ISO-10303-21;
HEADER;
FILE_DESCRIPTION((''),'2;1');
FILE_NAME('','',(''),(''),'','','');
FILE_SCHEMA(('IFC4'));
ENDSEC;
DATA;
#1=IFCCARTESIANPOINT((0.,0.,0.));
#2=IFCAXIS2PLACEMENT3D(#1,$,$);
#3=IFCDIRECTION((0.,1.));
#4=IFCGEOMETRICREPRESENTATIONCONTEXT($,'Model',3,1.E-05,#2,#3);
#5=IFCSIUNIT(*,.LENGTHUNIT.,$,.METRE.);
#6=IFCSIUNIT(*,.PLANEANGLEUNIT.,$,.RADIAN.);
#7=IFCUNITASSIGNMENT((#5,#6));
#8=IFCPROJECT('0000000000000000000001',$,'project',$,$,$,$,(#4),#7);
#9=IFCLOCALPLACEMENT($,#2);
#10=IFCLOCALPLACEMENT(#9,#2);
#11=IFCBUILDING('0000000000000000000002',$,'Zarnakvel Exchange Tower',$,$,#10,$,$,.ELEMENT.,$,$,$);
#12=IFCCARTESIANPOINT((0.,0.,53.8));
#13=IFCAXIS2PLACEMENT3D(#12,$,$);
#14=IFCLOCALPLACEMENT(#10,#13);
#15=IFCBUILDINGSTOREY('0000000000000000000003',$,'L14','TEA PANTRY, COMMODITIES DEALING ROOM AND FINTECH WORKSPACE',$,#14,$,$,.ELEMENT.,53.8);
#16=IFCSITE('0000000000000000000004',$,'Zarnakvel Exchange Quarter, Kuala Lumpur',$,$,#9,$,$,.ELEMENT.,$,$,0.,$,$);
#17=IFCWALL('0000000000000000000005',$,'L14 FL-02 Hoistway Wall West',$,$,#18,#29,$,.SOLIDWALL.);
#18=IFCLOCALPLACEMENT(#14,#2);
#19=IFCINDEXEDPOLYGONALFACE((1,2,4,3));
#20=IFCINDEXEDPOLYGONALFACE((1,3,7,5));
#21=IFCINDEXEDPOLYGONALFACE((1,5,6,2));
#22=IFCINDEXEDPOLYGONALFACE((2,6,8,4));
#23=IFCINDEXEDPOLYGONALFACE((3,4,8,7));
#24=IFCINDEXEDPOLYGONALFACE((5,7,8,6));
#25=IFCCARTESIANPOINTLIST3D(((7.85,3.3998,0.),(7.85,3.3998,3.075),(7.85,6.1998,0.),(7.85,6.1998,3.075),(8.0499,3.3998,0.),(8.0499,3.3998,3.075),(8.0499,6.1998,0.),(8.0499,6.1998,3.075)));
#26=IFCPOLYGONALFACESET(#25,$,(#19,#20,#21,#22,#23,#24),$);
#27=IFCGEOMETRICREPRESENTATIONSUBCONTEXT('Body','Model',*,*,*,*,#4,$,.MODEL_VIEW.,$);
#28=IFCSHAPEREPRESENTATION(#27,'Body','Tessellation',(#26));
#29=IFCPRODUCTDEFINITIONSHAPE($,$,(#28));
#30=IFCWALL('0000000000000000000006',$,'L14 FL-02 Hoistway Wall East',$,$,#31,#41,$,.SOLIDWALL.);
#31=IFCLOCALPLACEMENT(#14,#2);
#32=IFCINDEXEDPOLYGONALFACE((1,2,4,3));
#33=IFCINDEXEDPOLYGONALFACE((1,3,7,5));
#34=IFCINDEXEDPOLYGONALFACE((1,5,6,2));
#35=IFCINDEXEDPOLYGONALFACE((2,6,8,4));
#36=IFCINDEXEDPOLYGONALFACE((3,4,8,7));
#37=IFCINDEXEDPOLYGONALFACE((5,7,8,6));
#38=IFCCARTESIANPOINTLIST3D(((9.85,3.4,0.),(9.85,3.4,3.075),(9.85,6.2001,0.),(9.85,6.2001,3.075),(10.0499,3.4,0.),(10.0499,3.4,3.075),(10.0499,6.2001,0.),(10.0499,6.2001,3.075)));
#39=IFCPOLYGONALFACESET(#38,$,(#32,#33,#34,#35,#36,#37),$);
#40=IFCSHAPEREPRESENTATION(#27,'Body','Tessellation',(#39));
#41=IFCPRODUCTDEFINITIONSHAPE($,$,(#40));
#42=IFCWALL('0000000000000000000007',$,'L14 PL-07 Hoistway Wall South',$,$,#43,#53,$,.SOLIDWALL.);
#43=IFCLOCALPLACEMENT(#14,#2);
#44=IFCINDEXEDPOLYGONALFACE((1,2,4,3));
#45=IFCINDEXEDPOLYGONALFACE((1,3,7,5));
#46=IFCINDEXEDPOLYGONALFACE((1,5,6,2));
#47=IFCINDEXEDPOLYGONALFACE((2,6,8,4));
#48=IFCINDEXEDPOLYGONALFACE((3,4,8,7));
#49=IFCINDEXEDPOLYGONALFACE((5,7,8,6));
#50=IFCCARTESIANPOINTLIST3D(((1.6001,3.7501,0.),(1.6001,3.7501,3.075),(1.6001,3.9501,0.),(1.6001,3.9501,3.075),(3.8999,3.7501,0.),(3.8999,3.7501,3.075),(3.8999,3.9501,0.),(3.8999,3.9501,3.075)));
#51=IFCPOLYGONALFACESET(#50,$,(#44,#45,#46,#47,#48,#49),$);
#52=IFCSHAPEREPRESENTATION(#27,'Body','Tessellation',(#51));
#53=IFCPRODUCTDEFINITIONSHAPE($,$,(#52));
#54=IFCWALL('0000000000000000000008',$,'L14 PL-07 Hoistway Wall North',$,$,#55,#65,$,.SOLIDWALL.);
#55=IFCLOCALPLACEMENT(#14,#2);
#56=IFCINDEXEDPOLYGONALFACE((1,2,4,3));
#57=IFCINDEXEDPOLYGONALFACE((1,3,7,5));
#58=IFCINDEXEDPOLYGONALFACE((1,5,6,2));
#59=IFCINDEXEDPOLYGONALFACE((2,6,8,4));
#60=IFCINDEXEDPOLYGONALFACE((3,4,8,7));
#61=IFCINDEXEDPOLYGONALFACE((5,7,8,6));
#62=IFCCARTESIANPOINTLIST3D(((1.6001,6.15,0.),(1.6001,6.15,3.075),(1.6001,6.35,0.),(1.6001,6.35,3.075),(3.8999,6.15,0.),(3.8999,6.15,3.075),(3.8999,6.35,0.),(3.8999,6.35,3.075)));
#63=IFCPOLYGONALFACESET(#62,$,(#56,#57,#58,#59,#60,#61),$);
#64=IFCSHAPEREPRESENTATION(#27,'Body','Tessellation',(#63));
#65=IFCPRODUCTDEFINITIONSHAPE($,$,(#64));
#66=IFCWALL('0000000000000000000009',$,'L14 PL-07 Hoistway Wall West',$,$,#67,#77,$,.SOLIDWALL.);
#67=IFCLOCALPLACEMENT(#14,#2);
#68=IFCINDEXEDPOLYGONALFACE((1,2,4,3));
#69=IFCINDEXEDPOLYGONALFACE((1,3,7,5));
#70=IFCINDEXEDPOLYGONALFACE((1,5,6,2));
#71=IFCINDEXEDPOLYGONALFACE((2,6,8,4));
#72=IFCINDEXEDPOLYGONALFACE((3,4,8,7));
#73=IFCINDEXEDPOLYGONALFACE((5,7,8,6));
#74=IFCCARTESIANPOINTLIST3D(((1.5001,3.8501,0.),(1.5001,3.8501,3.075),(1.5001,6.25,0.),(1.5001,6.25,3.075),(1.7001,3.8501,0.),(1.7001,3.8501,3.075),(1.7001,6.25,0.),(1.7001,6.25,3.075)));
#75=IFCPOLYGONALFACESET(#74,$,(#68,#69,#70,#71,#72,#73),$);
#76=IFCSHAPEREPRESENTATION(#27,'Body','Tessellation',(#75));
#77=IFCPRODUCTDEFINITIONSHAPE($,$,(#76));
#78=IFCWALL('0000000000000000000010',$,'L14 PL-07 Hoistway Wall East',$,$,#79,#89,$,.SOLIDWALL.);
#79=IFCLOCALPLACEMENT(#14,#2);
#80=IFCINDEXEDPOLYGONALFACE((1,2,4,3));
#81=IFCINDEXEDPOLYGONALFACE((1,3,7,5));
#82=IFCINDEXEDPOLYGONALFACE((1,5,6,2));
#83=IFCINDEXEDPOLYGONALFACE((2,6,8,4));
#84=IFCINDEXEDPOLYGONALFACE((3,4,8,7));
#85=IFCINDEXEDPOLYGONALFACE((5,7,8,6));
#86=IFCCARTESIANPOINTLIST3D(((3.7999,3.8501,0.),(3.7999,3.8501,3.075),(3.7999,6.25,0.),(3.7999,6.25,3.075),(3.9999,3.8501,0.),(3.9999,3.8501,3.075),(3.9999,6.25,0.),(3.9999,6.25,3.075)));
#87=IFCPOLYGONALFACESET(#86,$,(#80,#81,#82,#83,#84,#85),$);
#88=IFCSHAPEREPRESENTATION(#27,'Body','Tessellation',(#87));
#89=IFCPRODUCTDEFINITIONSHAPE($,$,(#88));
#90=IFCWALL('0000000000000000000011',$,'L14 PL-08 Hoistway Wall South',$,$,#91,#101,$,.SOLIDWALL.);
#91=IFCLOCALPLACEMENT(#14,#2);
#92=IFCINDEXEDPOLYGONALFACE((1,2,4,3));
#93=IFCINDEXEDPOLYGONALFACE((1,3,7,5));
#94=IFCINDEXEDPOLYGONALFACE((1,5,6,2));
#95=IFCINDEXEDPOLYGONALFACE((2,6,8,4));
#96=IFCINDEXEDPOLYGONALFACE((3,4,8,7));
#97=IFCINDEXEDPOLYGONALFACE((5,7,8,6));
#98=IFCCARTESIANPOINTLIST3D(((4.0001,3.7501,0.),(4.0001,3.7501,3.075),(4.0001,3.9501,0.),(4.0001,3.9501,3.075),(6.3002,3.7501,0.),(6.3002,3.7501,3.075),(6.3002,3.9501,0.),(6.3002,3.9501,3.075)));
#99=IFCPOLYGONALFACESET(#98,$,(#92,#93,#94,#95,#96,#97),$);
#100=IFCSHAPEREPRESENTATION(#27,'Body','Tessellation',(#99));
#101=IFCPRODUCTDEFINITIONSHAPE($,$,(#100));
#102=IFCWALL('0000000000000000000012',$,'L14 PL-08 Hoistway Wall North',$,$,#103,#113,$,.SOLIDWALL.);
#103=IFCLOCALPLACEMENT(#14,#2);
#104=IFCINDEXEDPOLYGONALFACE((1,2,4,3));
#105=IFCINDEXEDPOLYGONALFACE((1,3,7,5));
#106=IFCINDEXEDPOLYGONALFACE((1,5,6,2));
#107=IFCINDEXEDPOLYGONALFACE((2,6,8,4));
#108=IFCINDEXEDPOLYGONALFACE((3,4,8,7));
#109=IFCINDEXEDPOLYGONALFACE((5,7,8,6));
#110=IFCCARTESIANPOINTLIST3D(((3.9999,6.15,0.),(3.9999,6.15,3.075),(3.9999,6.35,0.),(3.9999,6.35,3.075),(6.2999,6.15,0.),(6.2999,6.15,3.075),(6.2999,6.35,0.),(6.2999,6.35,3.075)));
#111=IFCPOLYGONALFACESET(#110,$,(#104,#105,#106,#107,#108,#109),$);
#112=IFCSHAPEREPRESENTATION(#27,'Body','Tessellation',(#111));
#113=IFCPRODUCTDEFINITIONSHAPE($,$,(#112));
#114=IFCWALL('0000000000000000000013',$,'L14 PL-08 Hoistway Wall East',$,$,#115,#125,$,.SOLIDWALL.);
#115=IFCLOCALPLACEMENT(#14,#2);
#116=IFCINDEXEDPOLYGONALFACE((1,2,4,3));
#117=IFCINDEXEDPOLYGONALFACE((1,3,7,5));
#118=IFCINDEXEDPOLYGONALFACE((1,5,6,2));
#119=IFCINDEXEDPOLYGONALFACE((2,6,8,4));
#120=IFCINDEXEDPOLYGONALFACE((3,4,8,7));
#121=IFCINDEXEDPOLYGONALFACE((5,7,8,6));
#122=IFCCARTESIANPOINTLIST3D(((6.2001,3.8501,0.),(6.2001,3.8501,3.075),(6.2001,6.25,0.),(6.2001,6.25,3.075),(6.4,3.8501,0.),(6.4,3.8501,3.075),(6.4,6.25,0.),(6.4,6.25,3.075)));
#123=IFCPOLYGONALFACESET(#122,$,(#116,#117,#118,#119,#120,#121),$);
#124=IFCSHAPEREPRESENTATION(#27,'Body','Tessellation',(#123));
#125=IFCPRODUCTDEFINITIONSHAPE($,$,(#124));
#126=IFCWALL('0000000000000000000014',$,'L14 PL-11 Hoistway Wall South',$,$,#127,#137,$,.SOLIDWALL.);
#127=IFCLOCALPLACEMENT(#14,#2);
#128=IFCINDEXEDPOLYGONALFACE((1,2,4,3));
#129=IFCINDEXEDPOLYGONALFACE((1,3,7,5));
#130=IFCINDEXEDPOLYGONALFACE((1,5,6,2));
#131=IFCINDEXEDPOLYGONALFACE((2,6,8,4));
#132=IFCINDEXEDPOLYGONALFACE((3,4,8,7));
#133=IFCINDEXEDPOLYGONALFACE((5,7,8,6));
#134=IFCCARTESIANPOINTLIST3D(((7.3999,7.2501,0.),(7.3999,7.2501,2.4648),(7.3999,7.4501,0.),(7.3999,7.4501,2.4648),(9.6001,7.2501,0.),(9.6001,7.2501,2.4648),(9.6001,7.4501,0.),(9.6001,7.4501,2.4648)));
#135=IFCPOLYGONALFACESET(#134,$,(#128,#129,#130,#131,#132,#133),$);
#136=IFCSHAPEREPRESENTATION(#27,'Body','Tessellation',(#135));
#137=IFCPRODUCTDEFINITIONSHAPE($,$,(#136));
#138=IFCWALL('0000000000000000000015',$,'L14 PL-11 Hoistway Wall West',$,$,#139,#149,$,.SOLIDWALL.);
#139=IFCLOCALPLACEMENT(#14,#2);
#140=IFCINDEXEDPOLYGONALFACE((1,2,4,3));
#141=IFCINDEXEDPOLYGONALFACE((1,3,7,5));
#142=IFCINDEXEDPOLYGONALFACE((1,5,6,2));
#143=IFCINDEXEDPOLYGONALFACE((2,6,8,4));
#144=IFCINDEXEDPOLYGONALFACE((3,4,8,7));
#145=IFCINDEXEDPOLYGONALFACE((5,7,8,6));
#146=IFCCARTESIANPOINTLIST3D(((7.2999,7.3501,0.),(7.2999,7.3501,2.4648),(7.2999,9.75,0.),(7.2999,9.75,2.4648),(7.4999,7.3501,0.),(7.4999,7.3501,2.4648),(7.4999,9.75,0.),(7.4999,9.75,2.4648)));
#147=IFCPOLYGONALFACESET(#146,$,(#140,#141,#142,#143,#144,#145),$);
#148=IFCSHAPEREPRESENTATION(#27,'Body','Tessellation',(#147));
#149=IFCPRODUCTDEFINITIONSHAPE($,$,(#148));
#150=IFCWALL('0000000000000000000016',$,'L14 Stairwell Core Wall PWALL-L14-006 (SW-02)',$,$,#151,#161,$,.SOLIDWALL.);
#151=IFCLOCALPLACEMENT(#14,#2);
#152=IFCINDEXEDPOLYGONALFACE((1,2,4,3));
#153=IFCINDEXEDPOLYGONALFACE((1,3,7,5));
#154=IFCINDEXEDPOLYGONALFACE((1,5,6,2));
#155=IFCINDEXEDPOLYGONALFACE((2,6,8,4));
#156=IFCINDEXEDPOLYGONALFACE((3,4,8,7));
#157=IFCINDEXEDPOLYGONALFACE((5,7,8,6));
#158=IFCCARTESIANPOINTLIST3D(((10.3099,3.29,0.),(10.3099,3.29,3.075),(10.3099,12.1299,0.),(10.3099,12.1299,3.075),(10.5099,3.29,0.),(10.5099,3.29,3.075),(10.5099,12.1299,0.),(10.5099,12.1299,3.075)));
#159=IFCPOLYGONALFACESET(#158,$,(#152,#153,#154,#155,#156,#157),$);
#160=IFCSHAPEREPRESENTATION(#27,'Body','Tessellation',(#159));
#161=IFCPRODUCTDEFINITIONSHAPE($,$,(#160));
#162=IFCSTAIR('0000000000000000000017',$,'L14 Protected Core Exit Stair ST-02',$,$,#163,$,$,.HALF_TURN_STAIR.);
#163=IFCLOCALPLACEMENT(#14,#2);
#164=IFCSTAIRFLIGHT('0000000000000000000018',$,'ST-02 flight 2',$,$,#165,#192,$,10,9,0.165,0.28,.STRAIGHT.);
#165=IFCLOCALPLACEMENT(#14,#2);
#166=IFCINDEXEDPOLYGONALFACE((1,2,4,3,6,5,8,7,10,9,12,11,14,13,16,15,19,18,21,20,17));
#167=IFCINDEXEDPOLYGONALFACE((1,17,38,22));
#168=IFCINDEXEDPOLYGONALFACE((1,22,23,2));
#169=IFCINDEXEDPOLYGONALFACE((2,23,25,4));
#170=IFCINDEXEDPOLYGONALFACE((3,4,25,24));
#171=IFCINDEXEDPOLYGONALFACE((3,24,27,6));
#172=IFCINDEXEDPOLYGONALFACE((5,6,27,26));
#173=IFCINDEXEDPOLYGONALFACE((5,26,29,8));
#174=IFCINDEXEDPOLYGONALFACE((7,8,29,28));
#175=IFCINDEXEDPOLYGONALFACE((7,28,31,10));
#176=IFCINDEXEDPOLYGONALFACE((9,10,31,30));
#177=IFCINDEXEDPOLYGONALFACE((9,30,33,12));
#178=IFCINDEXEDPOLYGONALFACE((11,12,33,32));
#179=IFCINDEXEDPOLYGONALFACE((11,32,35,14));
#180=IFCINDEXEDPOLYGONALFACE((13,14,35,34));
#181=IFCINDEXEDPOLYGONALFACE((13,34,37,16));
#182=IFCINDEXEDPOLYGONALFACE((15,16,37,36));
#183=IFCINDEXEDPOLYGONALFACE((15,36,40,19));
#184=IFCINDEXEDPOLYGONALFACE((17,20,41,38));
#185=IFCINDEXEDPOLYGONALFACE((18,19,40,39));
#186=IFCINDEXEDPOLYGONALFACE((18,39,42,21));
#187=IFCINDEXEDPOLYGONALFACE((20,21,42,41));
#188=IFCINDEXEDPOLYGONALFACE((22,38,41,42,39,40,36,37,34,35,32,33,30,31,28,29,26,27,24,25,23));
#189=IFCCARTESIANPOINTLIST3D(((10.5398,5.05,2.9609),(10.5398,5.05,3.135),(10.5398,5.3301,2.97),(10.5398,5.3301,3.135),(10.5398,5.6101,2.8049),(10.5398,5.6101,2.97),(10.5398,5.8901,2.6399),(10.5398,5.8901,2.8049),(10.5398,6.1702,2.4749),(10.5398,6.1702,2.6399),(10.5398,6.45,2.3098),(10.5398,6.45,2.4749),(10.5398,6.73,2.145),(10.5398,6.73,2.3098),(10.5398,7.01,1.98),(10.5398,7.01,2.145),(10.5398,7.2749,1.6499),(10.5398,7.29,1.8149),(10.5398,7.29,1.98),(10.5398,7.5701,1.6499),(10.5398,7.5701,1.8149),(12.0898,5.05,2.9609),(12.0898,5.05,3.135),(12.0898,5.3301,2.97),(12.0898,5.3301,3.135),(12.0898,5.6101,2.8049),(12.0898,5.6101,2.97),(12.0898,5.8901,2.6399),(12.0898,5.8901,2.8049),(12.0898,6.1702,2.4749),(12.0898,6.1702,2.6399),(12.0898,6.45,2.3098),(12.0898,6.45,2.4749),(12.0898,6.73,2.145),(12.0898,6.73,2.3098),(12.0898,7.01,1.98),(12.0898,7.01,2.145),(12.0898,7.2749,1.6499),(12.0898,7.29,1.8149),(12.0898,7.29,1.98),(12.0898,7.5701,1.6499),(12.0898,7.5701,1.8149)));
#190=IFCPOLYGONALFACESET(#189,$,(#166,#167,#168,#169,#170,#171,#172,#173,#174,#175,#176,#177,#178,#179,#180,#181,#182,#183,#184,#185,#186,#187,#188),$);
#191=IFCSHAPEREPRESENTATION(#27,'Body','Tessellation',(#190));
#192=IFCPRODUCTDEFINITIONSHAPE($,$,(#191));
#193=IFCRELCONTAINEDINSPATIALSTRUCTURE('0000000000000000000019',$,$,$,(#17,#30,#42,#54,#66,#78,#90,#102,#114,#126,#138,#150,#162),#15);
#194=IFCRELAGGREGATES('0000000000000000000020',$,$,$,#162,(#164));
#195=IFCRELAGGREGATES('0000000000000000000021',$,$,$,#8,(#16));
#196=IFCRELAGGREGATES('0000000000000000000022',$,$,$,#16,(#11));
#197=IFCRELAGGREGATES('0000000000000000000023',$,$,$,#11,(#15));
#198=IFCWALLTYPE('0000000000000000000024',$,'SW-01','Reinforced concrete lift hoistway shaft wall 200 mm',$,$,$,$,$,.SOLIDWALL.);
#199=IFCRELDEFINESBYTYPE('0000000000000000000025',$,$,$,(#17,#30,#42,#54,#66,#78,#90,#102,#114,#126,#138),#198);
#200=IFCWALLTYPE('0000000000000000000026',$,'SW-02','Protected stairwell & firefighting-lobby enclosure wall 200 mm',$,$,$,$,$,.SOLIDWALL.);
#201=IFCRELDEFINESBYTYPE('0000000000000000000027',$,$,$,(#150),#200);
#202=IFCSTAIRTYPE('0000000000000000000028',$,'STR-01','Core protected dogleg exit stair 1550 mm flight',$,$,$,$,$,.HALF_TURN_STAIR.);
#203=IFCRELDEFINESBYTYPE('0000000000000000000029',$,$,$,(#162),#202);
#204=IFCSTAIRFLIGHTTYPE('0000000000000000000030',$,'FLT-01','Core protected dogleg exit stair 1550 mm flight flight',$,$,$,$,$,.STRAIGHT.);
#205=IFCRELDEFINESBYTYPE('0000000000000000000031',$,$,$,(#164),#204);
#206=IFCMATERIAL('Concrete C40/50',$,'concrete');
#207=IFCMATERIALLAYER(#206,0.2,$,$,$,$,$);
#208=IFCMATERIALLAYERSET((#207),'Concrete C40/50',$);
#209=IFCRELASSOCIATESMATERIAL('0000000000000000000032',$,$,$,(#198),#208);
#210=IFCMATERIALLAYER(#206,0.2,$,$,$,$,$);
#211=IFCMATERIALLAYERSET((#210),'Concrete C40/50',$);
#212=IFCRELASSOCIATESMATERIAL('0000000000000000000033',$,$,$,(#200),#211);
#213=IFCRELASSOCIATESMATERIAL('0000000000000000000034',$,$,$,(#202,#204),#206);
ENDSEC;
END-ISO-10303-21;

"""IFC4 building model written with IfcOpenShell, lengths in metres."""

from ifc_helpers import new_model, si_unit, direction, frame, frame_2d, origin, place, context, subcontext, project, spatial, polyline, rectangle, outline, extrude, material, layer, layer_set, type_object, element, aggregate, save


model = new_model("IFC4")

# Units and contexts
model_context = context("Model", 3, precision=1e-05, world=origin(), true_north=direction((0.0, 1.0)))
body_context = subcontext(model_context, "Body", "Model", "MODEL_VIEW")
ifc_project = project(units=[si_unit("LENGTHUNIT", "METRE"), si_unit("PLANEANGLEUNIT", "RADIAN")], contexts=[model_context])

# Site, building, storey
site_placement = place(None, origin())
site = spatial("IfcSite", under=ifc_project, at=site_placement, Name="Zarnakvel Exchange Quarter, Kuala Lumpur", CompositionType="ELEMENT", RefElevation=0.0)
building_placement = place(site_placement, origin())
building = spatial("IfcBuilding", under=site, at=building_placement, Name="Zarnakvel Exchange Tower", CompositionType="ELEMENT")
storey_placement = place(building_placement, frame((0.0, 0.0, 53.8)))
storey = spatial("IfcBuildingStorey", under=building, at=storey_placement, Name="L14", Description="TEA PANTRY, COMMODITIES DEALING ROOM AND FINTECH WORKSPACE", CompositionType="ELEMENT", Elevation=53.8)

# Shared definitions
ifc_material_1 = material(Name="Concrete C40/50", Category="concrete")
ifc_layer_1 = layer(ifc_material_1, 0.2)
ifc_layer_set_1 = layer_set([ifc_layer_1], Name="Concrete C40/50")
wall_type_1 = type_object("IfcWallType", Name="SW-01", Description="Reinforced concrete lift hoistway shaft wall 200 mm", PredefinedType="SOLIDWALL", material=ifc_layer_set_1)

# Walls
for number, where, z_axis, x_axis, name in (
    (1, (7.95, 3.3999, 0.0), (0.0, 0.0, 1.0), (0.0, 1.0, 0.0), "L14 FL-02 Hoistway Wall West"),
    (2, (9.95, 6.2, 0.0), (0.0, 0.0, 1.0), (0.0, -1.0, 0.0), "L14 FL-02 Hoistway Wall East"),
):
    element("IfcWall", number, at=place(storey_placement, frame(where, z_axis=z_axis, x_axis=x_axis)), inside=storey, type_object=wall_type_1, Name=name, PredefinedType="SOLIDWALL", context=body_context, shape_type="SweptSolid", body=[
        extrude(rectangle(XDim=2.8, YDim=0.2, at=frame_2d((1.3999, 0.0))), origin(), (0.0, 0.0, 1.0), 3.075),
    ])
for number, where, z_axis, x_axis, name in (
    (3, (3.8999, 3.8501, 0.0), (0.0, 0.0, 1.0), (-1.0, 0.0, 0.0), "L14 PL-07 Hoistway Wall South"),
    (4, (1.6001, 6.25, 0.0), (0.0, 0.0, 1.0), (1.0, 0.0, 0.0), "L14 PL-07 Hoistway Wall North"),
):
    element("IfcWall", number, at=place(storey_placement, frame(where, z_axis=z_axis, x_axis=x_axis)), inside=storey, type_object=wall_type_1, Name=name, PredefinedType="SOLIDWALL", context=body_context, shape_type="SweptSolid", body=[
        extrude(rectangle(XDim=2.2998, YDim=0.2, at=frame_2d((1.1499, 0.0))), origin(), (0.0, 0.0, 1.0), 3.075),
    ])
for number, where, z_axis, x_axis, name in (
    (5, (1.6001, 3.8501, 0.0), (0.0, 0.0, 1.0), (0.0, 1.0, 0.0), "L14 PL-07 Hoistway Wall West"),
    (6, (3.8999, 6.25, 0.0), (0.0, 0.0, 1.0), (0.0, -1.0, 0.0), "L14 PL-07 Hoistway Wall East"),
):
    element("IfcWall", number, at=place(storey_placement, frame(where, z_axis=z_axis, x_axis=x_axis)), inside=storey, type_object=wall_type_1, Name=name, PredefinedType="SOLIDWALL", context=body_context, shape_type="SweptSolid", body=[
        extrude(rectangle(XDim=2.3999, YDim=0.2, at=frame_2d((1.2, 0.0))), origin(), (0.0, 0.0, 1.0), 3.075),
    ])
for number, where, z_axis, x_axis, name in (
    (7, (6.3, 3.8501, 0.0), (0.0, 0.0, 1.0), (-1.0, 0.0, 0.0), "L14 PL-08 Hoistway Wall South"),
    (8, (4.0, 6.25, 0.0), (0.0, 0.0, 1.0), (1.0, 0.0, 0.0), "L14 PL-08 Hoistway Wall North"),
):
    element("IfcWall", number, at=place(storey_placement, frame(where, z_axis=z_axis, x_axis=x_axis)), inside=storey, type_object=wall_type_1, Name=name, PredefinedType="SOLIDWALL", context=body_context, shape_type="SweptSolid", body=[
        extrude(rectangle(XDim=2.3, YDim=0.2, at=frame_2d((1.1499, 0.0))), origin(), (0.0, 0.0, 1.0), 3.075),
    ])
wall_1_placement = place(storey_placement, frame((6.3, 6.25, 0.0), z_axis=(0.0, 0.0, 1.0), x_axis=(0.0, -1.0, 0.0)))
element("IfcWall", 9, at=wall_1_placement, inside=storey, type_object=wall_type_1, Name="L14 PL-08 Hoistway Wall East", PredefinedType="SOLIDWALL", context=body_context, shape_type="SweptSolid", body=[
    extrude(rectangle(XDim=2.3999, YDim=0.2, at=frame_2d((1.2, 0.0))), origin(), (0.0, 0.0, 1.0), 3.075),
])
wall_2_placement = place(storey_placement, frame((9.6001, 7.3501, 0.0), z_axis=(0.0, 0.0, 1.0), x_axis=(-1.0, 0.0, 0.0)))
element("IfcWall", 10, at=wall_2_placement, inside=storey, type_object=wall_type_1, Name="L14 PL-11 Hoistway Wall South", PredefinedType="SOLIDWALL", context=body_context, shape_type="SweptSolid", body=[
    extrude(rectangle(XDim=2.2002, YDim=0.2, at=frame_2d((1.1001, 0.0))), origin(), (0.0, 0.0, 1.0), 2.4648),
])
wall_3_placement = place(storey_placement, frame((7.3999, 7.3501, 0.0), z_axis=(0.0, 0.0, 1.0), x_axis=(0.0, 1.0, 0.0)))
element("IfcWall", 11, at=wall_3_placement, inside=storey, type_object=wall_type_1, Name="L14 PL-11 Hoistway Wall West", PredefinedType="SOLIDWALL", context=body_context, shape_type="SweptSolid", body=[
    extrude(rectangle(XDim=2.3999, YDim=0.2, at=frame_2d((1.2, 0.0))), origin(), (0.0, 0.0, 1.0), 2.4648),
])
ifc_layer_2 = layer(ifc_material_1, 0.2)
ifc_layer_set_2 = layer_set([ifc_layer_2], Name="Concrete C40/50")
wall_type_2 = type_object("IfcWallType", Name="SW-02", Description="Protected stairwell & firefighting-lobby enclosure wall 200 mm", PredefinedType="SOLIDWALL", material=ifc_layer_set_2)
wall_4_placement = place(storey_placement, frame((10.4099, 3.29, 0.0), z_axis=(0.0, 0.0, 1.0), x_axis=(0.0, 1.0, 0.0)))
element("IfcWall", 12, at=wall_4_placement, inside=storey, type_object=wall_type_2, Name="L14 Stairwell Core Wall PWALL-L14-006 (SW-02)", PredefinedType="SOLIDWALL", context=body_context, shape_type="SweptSolid", body=[
    extrude(rectangle(XDim=8.8398, YDim=0.2, at=frame_2d((4.4199, 0.0))), origin(), (0.0, 0.0, 1.0), 3.075),
])

# Stair, stair flight
stair_type = type_object("IfcStairType", Name="STR-01", Description="Core protected dogleg exit stair 1550 mm flight", PredefinedType="HALF_TURN_STAIR", material=ifc_material_1)
stair_placement = place(storey_placement, origin())
stair = element("IfcStair", 13, at=stair_placement, inside=storey, type_object=stair_type, Name="L14 Protected Core Exit Stair ST-02", PredefinedType="HALF_TURN_STAIR")
stair_flight_type = type_object("IfcStairFlightType", Name="FLT-01", Description="Core protected dogleg exit stair 1550 mm flight flight", PredefinedType="STRAIGHT", material=ifc_material_1)
stair_flight_placement = place(storey_placement, frame((11.3149, 7.5701, 1.6499), z_axis=(0.0, 0.0, 1.0), x_axis=(0.0, -1.0, 0.0)))
stair_flight = element("IfcStairFlight", 14, at=stair_flight_placement, type_object=stair_flight_type, Name="ST-02 flight 2", NumberOfRisers=10, NumberOfTreads=9, PredefinedType="STRAIGHT", RiserHeight=0.165, TreadLength=0.28, context=body_context, shape_type="SweptSolid", body=[
    extrude(outline(polyline([(0.0, 0.0), (0.0, 0.165), (0.28, 0.165), (0.28, 0.3301), (0.5601, 0.3301), (0.5601, 0.4951), (0.8401, 0.4951), (0.8401, 0.6599), (1.1201, 0.6599), (1.1201, 0.825), (1.3999, 0.825), (1.3999, 0.99), (1.6799, 0.99), (1.6799, 1.155), (1.96, 1.155), (1.96, 1.3201), (2.24, 1.3201), (2.24, 1.4851), (2.52, 1.4851), (2.52, 1.6499), (2.52, 1.311), (0.2952, 0.0), (0.0, 0.0)])), frame((0.0, 0.7749, 0.0), z_axis=(0.0, -1.0, 0.0), x_axis=(1.0, 0.0, 0.0)), (0.0, 0.0, 1.0), 1.55),
])
aggregate(stair, [stair_flight])

save(model, "model.ifc")
